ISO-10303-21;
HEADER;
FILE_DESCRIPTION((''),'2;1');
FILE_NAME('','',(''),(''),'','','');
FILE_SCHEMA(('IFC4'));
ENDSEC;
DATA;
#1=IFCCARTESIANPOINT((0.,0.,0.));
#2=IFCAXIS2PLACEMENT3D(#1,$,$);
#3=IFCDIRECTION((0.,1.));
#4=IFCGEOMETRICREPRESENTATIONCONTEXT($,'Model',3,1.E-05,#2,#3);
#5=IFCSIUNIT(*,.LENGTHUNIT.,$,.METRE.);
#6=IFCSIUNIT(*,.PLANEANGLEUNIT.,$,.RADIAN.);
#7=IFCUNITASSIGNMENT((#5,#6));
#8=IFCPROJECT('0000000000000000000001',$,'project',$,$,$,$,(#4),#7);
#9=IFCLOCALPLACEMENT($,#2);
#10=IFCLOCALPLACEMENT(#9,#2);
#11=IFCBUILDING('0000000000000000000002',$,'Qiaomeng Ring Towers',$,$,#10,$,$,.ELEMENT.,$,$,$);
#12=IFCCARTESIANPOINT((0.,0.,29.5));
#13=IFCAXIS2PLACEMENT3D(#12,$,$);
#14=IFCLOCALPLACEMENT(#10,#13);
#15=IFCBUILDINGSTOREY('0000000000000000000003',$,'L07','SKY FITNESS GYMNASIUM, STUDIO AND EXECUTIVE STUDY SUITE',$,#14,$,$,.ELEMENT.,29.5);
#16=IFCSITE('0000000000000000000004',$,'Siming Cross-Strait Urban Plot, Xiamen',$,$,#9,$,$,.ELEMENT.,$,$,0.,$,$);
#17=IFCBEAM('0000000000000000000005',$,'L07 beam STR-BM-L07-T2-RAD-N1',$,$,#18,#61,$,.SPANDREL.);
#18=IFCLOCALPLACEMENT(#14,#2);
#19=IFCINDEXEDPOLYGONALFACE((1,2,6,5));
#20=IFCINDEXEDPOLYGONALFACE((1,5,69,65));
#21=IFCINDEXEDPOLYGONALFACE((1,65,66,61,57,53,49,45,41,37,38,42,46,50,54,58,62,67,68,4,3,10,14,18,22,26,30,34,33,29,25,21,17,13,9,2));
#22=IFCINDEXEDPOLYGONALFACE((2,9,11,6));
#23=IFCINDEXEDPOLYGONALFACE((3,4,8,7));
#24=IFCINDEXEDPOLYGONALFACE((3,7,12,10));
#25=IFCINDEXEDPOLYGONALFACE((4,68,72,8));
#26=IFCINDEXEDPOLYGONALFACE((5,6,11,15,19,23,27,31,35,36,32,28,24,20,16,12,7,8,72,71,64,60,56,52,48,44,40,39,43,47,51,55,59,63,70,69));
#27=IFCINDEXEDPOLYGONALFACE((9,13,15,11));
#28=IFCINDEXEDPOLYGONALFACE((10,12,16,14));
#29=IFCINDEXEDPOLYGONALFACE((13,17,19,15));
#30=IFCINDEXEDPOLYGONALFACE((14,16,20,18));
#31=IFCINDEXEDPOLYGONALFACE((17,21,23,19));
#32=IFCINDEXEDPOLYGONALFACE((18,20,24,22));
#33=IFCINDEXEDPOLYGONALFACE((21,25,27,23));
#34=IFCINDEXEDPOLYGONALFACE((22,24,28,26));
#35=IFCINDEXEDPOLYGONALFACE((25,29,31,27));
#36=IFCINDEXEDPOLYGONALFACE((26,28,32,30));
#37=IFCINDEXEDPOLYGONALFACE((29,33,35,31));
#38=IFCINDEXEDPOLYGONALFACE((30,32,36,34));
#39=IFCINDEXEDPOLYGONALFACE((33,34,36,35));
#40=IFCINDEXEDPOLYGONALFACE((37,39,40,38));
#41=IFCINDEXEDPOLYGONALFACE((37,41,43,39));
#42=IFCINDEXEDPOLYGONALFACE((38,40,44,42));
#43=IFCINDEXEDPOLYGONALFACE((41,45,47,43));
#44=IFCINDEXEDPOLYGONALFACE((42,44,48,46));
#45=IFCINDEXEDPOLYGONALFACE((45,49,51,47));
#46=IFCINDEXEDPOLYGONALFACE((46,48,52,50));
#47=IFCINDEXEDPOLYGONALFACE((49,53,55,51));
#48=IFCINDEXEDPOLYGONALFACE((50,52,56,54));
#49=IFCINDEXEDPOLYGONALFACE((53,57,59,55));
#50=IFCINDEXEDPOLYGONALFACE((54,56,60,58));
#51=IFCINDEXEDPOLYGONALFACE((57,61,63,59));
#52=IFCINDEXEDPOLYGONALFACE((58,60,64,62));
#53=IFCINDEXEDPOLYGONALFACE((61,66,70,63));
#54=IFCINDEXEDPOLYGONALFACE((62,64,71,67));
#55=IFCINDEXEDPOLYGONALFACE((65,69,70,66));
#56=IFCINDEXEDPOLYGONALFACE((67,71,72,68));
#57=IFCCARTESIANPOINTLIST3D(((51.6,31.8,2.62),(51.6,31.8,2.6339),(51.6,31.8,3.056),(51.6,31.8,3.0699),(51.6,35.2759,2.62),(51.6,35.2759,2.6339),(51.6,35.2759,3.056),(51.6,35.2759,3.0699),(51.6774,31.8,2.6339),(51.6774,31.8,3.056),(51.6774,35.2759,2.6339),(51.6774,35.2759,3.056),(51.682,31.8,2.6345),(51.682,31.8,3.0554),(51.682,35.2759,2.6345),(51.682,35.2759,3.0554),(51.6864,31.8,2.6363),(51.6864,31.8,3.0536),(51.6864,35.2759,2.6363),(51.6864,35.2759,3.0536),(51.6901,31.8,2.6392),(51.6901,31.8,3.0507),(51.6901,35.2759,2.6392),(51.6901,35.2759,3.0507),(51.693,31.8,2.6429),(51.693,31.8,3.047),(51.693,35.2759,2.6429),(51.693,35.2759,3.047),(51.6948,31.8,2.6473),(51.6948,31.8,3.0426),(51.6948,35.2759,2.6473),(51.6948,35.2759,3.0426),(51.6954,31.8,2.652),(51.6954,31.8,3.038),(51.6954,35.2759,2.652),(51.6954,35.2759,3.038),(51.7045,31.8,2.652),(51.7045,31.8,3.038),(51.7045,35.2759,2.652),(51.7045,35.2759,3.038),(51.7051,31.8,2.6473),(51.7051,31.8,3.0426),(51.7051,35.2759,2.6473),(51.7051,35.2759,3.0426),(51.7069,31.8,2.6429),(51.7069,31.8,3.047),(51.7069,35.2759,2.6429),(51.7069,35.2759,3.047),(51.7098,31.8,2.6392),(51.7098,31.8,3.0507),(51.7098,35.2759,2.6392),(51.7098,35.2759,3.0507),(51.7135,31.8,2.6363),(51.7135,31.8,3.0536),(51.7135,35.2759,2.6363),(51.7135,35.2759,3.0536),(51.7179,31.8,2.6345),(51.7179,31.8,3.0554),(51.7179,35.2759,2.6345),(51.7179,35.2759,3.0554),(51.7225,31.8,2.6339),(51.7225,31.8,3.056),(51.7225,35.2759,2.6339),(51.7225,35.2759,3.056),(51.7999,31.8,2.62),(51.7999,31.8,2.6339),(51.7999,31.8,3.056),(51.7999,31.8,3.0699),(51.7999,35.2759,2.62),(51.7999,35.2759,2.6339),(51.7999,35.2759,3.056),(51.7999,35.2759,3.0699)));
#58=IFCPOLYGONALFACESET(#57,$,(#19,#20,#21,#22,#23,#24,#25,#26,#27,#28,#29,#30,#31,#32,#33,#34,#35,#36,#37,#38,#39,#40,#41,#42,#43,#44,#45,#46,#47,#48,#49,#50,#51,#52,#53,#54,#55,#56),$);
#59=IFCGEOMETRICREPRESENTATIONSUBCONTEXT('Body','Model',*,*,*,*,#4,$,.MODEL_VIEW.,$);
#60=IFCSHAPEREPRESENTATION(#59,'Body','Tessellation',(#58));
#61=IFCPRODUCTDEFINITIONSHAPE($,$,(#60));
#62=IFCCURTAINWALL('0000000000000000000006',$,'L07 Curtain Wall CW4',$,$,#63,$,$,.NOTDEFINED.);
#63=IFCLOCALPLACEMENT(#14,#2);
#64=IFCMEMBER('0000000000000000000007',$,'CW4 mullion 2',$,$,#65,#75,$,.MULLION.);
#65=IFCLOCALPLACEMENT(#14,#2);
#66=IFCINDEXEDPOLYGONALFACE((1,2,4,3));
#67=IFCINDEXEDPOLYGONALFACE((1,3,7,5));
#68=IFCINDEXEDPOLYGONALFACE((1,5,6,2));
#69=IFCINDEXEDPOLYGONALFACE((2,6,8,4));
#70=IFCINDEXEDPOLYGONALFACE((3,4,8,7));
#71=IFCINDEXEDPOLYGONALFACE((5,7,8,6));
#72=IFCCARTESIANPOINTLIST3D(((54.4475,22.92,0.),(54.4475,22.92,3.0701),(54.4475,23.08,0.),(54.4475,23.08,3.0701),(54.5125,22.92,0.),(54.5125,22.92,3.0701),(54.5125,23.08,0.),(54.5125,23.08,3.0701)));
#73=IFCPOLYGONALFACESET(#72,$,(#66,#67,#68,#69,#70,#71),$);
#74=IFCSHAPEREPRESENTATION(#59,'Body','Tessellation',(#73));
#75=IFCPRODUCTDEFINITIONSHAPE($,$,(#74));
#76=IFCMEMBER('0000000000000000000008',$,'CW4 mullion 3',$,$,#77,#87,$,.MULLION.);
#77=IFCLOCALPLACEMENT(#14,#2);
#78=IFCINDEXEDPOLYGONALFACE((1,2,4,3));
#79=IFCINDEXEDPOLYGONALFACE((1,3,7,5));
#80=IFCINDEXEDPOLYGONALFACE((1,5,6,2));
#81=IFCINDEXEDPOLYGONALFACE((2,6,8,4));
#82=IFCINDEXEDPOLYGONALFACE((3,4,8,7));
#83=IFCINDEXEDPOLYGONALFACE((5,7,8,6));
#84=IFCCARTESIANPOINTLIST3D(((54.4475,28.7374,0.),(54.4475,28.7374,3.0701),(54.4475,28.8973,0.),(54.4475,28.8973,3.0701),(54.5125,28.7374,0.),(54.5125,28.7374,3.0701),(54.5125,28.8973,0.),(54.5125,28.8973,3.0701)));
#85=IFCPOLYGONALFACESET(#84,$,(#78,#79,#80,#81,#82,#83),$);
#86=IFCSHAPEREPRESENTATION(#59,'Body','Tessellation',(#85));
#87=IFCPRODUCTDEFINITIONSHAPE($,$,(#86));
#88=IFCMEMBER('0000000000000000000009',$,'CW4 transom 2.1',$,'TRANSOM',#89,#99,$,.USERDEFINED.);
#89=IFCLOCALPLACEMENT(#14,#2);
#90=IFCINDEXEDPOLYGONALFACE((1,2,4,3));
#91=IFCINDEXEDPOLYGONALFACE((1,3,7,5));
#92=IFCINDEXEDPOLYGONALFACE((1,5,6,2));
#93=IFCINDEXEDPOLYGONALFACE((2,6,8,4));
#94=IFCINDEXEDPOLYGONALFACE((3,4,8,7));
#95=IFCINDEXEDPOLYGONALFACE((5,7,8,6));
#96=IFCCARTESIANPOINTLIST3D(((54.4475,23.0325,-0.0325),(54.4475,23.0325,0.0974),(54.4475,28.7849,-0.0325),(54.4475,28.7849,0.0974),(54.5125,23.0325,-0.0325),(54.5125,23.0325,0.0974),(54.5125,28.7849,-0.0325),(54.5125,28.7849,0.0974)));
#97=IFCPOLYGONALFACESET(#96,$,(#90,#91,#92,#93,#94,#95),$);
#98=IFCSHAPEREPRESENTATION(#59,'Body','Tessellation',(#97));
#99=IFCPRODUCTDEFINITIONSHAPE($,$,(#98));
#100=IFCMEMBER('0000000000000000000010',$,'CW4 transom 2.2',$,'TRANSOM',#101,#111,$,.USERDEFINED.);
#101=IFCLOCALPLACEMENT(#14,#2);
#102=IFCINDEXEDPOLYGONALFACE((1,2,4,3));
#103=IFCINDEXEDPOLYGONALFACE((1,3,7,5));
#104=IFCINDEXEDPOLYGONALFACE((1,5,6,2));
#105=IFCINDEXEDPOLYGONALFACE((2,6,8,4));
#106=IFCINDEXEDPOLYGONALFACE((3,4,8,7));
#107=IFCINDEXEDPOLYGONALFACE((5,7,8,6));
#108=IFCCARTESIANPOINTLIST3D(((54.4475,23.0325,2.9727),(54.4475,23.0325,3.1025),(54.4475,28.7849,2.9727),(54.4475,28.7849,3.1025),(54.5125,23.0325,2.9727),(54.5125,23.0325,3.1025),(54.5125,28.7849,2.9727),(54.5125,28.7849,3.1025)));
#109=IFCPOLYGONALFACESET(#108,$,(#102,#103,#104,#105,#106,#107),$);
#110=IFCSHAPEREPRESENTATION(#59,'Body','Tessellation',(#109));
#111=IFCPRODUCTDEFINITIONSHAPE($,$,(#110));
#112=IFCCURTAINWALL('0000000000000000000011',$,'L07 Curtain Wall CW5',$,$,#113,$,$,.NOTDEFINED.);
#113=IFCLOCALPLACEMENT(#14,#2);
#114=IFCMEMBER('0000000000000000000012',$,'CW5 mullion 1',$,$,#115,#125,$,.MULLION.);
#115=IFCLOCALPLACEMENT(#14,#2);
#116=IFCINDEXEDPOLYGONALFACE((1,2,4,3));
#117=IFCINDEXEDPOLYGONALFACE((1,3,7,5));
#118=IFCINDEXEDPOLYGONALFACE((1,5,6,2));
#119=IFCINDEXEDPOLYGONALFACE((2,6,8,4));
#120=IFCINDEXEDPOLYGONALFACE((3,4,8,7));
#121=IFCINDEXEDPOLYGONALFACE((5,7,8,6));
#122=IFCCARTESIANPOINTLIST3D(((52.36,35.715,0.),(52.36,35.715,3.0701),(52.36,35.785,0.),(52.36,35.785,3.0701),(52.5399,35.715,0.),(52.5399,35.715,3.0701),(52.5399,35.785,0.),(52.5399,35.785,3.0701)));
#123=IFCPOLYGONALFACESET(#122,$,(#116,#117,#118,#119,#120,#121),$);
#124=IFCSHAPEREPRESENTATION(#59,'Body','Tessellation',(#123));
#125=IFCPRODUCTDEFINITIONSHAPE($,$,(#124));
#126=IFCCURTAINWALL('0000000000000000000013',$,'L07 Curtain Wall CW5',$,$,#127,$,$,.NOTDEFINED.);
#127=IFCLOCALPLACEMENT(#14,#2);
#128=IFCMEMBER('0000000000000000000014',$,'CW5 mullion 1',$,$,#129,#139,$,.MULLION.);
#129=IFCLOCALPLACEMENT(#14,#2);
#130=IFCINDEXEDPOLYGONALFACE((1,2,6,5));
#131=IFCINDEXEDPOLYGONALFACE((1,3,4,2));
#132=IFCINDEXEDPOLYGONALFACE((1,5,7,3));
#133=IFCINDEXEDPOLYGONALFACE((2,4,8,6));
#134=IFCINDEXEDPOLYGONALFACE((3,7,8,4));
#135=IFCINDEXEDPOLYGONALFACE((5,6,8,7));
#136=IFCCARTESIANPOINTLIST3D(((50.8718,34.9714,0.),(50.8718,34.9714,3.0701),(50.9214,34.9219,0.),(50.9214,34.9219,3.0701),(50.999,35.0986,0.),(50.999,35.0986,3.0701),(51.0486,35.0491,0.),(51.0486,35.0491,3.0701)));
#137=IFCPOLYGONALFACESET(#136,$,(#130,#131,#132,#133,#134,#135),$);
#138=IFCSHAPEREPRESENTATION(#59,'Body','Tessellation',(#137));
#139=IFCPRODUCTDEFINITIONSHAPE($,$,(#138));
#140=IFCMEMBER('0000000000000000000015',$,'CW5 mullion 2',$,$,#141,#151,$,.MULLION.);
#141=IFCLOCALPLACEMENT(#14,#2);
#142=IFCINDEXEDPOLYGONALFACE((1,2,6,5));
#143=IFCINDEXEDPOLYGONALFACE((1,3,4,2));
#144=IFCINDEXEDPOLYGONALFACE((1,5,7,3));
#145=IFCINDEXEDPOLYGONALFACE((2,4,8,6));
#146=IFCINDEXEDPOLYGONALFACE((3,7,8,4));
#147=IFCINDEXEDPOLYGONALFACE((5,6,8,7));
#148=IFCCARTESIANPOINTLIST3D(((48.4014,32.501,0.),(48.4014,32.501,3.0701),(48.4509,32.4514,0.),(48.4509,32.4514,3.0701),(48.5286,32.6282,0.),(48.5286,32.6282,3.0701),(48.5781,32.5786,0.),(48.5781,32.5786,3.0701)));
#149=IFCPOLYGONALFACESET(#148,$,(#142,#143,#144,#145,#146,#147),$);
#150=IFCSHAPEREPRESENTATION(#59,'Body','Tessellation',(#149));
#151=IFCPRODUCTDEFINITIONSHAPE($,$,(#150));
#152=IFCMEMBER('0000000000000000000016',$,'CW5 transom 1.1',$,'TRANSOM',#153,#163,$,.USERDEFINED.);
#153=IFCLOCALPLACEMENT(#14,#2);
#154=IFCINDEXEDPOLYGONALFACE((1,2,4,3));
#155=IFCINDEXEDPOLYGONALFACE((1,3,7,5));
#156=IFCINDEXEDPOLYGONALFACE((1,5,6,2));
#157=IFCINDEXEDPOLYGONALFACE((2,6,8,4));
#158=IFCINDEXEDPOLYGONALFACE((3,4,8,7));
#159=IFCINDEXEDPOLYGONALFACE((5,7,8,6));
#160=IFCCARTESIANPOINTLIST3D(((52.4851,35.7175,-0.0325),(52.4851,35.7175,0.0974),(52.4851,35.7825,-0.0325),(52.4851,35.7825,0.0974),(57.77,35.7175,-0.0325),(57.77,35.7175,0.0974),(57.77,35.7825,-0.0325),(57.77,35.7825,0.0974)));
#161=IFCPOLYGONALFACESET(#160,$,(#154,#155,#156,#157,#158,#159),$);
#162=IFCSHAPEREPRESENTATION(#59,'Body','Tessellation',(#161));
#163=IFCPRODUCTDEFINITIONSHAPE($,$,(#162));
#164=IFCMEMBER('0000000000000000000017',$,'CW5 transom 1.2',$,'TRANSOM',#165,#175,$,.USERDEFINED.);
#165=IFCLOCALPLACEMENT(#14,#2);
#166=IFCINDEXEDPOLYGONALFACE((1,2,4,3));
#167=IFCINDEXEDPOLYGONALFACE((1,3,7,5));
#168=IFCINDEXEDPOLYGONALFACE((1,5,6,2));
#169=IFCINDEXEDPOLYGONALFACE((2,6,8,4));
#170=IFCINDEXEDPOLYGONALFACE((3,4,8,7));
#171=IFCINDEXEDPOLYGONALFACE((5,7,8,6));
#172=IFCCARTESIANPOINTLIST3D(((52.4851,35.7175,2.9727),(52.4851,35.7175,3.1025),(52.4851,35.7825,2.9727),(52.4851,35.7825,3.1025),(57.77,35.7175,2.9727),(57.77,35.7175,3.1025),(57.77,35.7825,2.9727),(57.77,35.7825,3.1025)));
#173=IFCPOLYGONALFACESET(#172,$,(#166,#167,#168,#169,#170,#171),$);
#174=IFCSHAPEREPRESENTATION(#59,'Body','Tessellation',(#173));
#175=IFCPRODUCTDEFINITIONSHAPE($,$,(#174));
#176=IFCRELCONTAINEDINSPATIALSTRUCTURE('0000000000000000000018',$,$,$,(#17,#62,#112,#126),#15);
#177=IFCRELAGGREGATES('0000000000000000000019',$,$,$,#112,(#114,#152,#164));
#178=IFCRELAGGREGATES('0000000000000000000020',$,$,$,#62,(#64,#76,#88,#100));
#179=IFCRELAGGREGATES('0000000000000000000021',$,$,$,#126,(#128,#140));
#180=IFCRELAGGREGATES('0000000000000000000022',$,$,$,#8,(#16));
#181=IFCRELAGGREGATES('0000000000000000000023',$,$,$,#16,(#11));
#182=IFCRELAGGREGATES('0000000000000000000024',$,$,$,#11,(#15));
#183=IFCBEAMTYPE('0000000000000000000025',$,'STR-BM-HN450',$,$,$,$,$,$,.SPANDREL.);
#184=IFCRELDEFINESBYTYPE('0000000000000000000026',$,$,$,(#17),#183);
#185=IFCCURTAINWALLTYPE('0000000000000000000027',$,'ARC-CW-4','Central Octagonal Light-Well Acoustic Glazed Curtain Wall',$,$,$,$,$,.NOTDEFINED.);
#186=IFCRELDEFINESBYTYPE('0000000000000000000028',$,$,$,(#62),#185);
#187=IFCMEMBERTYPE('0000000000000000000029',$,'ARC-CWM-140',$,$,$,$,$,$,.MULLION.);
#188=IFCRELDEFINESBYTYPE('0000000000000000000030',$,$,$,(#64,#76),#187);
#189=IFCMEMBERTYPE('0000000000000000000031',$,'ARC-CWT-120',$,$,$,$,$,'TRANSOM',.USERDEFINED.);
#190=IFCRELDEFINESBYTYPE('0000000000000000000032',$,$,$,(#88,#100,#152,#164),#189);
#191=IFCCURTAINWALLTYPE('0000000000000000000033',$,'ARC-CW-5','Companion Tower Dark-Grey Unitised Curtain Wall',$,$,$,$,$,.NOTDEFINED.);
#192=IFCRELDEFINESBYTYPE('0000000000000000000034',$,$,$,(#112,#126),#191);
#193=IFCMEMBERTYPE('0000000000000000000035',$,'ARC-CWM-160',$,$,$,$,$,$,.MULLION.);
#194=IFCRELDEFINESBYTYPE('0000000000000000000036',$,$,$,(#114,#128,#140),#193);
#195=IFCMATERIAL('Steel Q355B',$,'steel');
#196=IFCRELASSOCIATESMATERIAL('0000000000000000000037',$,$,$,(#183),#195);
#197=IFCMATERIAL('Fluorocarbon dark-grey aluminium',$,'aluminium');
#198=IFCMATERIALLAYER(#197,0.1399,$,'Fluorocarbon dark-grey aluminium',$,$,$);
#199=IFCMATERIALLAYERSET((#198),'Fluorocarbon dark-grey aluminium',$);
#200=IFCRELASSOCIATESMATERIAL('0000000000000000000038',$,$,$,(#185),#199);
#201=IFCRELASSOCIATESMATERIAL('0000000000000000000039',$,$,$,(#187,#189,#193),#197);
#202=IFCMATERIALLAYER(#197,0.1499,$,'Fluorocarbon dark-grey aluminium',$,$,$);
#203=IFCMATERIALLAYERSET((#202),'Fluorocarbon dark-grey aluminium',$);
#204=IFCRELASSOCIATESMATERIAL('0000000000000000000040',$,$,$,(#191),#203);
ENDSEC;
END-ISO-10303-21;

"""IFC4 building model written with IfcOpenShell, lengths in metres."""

from ifc_helpers import new_model, si_unit, direction, frame, origin, origin_2d, place, context, subcontext, project, spatial, rectangle, i_section, extrude, source, transform, mapped, material, layer, layer_set, material_profile, profile_set, type_object, element, aggregate, save


model = new_model("IFC4")

# Units and contexts
model_context = context("Model", 3, precision=1e-05, world=origin(), true_north=direction((0.0, 1.0)))
body_context = subcontext(model_context, "Body", "Model", "MODEL_VIEW")
ifc_project = project(units=[si_unit("LENGTHUNIT", "METRE"), si_unit("PLANEANGLEUNIT", "RADIAN")], contexts=[model_context])

# Site, building, storey
site_placement = place(None, origin())
site = spatial("IfcSite", under=ifc_project, at=site_placement, Name="Siming Cross-Strait Urban Plot, Xiamen", CompositionType="ELEMENT", RefElevation=0.0)
building_placement = place(site_placement, origin())
building = spatial("IfcBuilding", under=site, at=building_placement, Name="Qiaomeng Ring Towers", CompositionType="ELEMENT")
storey_placement = place(building_placement, frame((0.0, 0.0, 29.5)))
storey = spatial("IfcBuildingStorey", under=building, at=storey_placement, Name="L07", Description="SKY FITNESS GYMNASIUM, STUDIO AND EXECUTIVE STUDY SUITE", CompositionType="ELEMENT", Elevation=29.5)

# Beam
ifc_material_1 = material(Name="Steel Q355B", Category="steel")
ifc_material_profile_1 = material_profile(ifc_material_1, i_section(OverallWidth=0.2, OverallDepth=0.45, WebThickness=0.009, FlangeThickness=0.0139, FilletRadius=0.0181, at=origin_2d()), Name="HN 450x200x9x14")
ifc_profile_set_1 = profile_set([ifc_material_profile_1], Name="Steel Q355B")
beam_type_1 = type_object("IfcBeamType", Name="STR-BM-HN450", PredefinedType="SPANDREL", material=ifc_profile_set_1)
shared_shape_1 = source(origin(), body_context, "Body", "SweptSolid", [
    extrude(i_section(OverallWidth=0.2, OverallDepth=0.45, WebThickness=0.009, FlangeThickness=0.0139, FilletRadius=0.0181, at=origin_2d()), origin(), (0.0, 0.0, 1.0), 3.4758),
])
beam_1_placement = place(storey_placement, frame((51.7, 35.2759, 2.845), z_axis=(0.0, -1.0, 0.0), x_axis=(1.0, 0.0, 0.0)))
element("IfcBeam", 1, at=beam_1_placement, inside=storey, type_object=beam_type_1, Name="L07 beam STR-BM-L07-T2-RAD-N1", PredefinedType="SPANDREL", context=body_context, shape_type="MappedRepresentation", body=[
    mapped(shared_shape_1, transform((0.0, 0.0, 0.0), x_axis=(1.0, 0.0, 0.0), y_axis=(0.0, 1.0, 0.0), z_axis=(0.0, 0.0, 1.0), scale=1.0)),
])

# Curtain wall, members
ifc_material_2 = material(Name="Fluorocarbon dark-grey aluminium", Category="aluminium")
ifc_layer_1 = layer(ifc_material_2, 0.1399, Name="Fluorocarbon dark-grey aluminium")
ifc_layer_set_1 = layer_set([ifc_layer_1], Name="Fluorocarbon dark-grey aluminium")
curtain_wall_type_1 = type_object("IfcCurtainWallType", Name="ARC-CW-4", Description="Central Octagonal Light-Well Acoustic Glazed Curtain Wall", PredefinedType="NOTDEFINED", material=ifc_layer_set_1)
curtain_wall_1_placement = place(storey_placement, origin())
curtain_wall_1 = element("IfcCurtainWall", 2, at=curtain_wall_1_placement, inside=storey, type_object=curtain_wall_type_1, Name="L07 Curtain Wall CW4", PredefinedType="NOTDEFINED")
ifc_material_profile_2 = material_profile(ifc_material_2, rectangle(XDim=0.0649, YDim=0.1599, at=origin_2d()), Name="ALU MULL 65x160")
ifc_profile_set_2 = profile_set([ifc_material_profile_2], Name="Fluorocarbon dark-grey aluminium")
member_type_1 = type_object("IfcMemberType", Name="ARC-CWM-140", PredefinedType="MULLION", material=ifc_profile_set_2)
shared_shape_2 = source(origin(), body_context, "Body", "SweptSolid", [
    extrude(rectangle(XDim=0.0649, YDim=0.1599, at=origin_2d()), origin(), (0.0, 0.0, 1.0), 3.0701),
])
member_1_placement = place(storey_placement, frame((54.48, 23.0, 0.0), z_axis=(0.0, 0.0, 1.0), x_axis=(-1.0, 0.0, 0.0)))
member_1 = element("IfcMember", 3, at=member_1_placement, type_object=member_type_1, Name="CW4 mullion 2", PredefinedType="MULLION", context=body_context, shape_type="MappedRepresentation", body=[
    mapped(shared_shape_2, transform((0.0, 0.0, 0.0), x_axis=(1.0, 0.0, 0.0), y_axis=(0.0, 1.0, 0.0), z_axis=(0.0, 0.0, 1.0), scale=1.0)),
])
member_2_placement = place(storey_placement, frame((54.48, 28.8174, 0.0), z_axis=(0.0, 0.0, 1.0), x_axis=(-1.0, 0.0, 0.0)))
member_2 = element("IfcMember", 4, at=member_2_placement, type_object=member_type_1, Name="CW4 mullion 3", PredefinedType="MULLION", context=body_context, shape_type="MappedRepresentation", body=[
    mapped(shared_shape_2, transform((0.0, 0.0, 0.0), x_axis=(1.0, 0.0, 0.0), y_axis=(0.0, 1.0, 0.0), z_axis=(0.0, 0.0, 1.0), scale=1.0)),
])
ifc_material_profile_3 = material_profile(ifc_material_2, rectangle(XDim=0.0649, YDim=0.1299, at=origin_2d()), Name="ALU TRAN 65x130")
ifc_profile_set_3 = profile_set([ifc_material_profile_3], Name="Fluorocarbon dark-grey aluminium")
member_type_2 = type_object("IfcMemberType", Name="ARC-CWT-120", ElementType="TRANSOM", PredefinedType="USERDEFINED", material=ifc_profile_set_3)
shared_shape_3 = source(origin(), body_context, "Body", "SweptSolid", [
    extrude(rectangle(XDim=0.0649, YDim=0.1299, at=origin_2d()), origin(), (0.0, 0.0, 1.0), 5.7524),
])
member_3_placement = place(storey_placement, frame((54.48, 23.0325, 0.0325), z_axis=(0.0, 1.0, 0.0), x_axis=(-1.0, 0.0, 0.0)))
member_3 = element("IfcMember", 5, at=member_3_placement, type_object=member_type_2, Name="CW4 transom 2.1", ObjectType="TRANSOM", PredefinedType="USERDEFINED", context=body_context, shape_type="MappedRepresentation", body=[
    mapped(shared_shape_3, transform((0.0, 0.0, 0.0), x_axis=(1.0, 0.0, 0.0), y_axis=(0.0, 1.0, 0.0), z_axis=(0.0, 0.0, 1.0), scale=1.0)),
])
member_4_placement = place(storey_placement, frame((54.48, 23.0325, 3.0376), z_axis=(0.0, 1.0, 0.0), x_axis=(-1.0, 0.0, 0.0)))
member_4 = element("IfcMember", 6, at=member_4_placement, type_object=member_type_2, Name="CW4 transom 2.2", ObjectType="TRANSOM", PredefinedType="USERDEFINED", context=body_context, shape_type="MappedRepresentation", body=[
    mapped(shared_shape_3, transform((0.0, 0.0, 0.0), x_axis=(1.0, 0.0, 0.0), y_axis=(0.0, 1.0, 0.0), z_axis=(0.0, 0.0, 1.0), scale=1.0)),
])

# Curtain wall, member
ifc_layer_2 = layer(ifc_material_2, 0.1499, Name="Fluorocarbon dark-grey aluminium")
ifc_layer_set_2 = layer_set([ifc_layer_2], Name="Fluorocarbon dark-grey aluminium")
curtain_wall_type_2 = type_object("IfcCurtainWallType", Name="ARC-CW-5", Description="Companion Tower Dark-Grey Unitised Curtain Wall", PredefinedType="NOTDEFINED", material=ifc_layer_set_2)
curtain_wall_2_placement = place(storey_placement, origin())
curtain_wall_2 = element("IfcCurtainWall", 7, at=curtain_wall_2_placement, inside=storey, type_object=curtain_wall_type_2, Name="L07 Curtain Wall CW5", PredefinedType="NOTDEFINED")
ifc_material_profile_4 = material_profile(ifc_material_2, rectangle(XDim=0.0701, YDim=0.1799, at=origin_2d()), Name="ALU MULL 70x180")
ifc_profile_set_4 = profile_set([ifc_material_profile_4], Name="Fluorocarbon dark-grey aluminium")
member_type_3 = type_object("IfcMemberType", Name="ARC-CWM-160", PredefinedType="MULLION", material=ifc_profile_set_4)
shared_shape_4 = source(origin(), body_context, "Body", "SweptSolid", [
    extrude(rectangle(XDim=0.0701, YDim=0.1799, at=origin_2d()), origin(), (0.0, 0.0, 1.0), 3.0701),
])
member_5_placement = place(storey_placement, frame((52.45, 35.75, 0.0), z_axis=(0.0, 0.0, 1.0), x_axis=(0.0, 1.0, 0.0)))
member_5 = element("IfcMember", 8, at=member_5_placement, type_object=member_type_3, Name="CW5 mullion 1", PredefinedType="MULLION", context=body_context, shape_type="MappedRepresentation", body=[
    mapped(shared_shape_4, transform((0.0, 0.0, 0.0), x_axis=(1.0, 0.0, 0.0), y_axis=(0.0, 1.0, 0.0), z_axis=(0.0, 0.0, 1.0), scale=1.0)),
])

# Curtain wall, members
curtain_wall_3_placement = place(storey_placement, origin())
curtain_wall_3 = element("IfcCurtainWall", 9, at=curtain_wall_3_placement, inside=storey, type_object=curtain_wall_type_2, Name="L07 Curtain Wall CW5", PredefinedType="NOTDEFINED")
member_6_placement = place(storey_placement, frame((50.9602, 35.0103, 0.0), z_axis=(0.0, 0.0, 1.0), x_axis=(0.707107, -0.707107, 0.0)))
member_6 = element("IfcMember", 10, at=member_6_placement, type_object=member_type_3, Name="CW5 mullion 1", PredefinedType="MULLION", context=body_context, shape_type="MappedRepresentation", body=[
    mapped(shared_shape_4, transform((0.0, 0.0, 0.0), x_axis=(1.0, 0.0, 0.0), y_axis=(0.0, 1.0, 0.0), z_axis=(0.0, 0.0, 1.0), scale=1.0)),
])
member_7_placement = place(storey_placement, frame((48.4897, 32.5398, 0.0), z_axis=(0.0, 0.0, 1.0), x_axis=(0.707107, -0.707107, 0.0)))
member_7 = element("IfcMember", 11, at=member_7_placement, type_object=member_type_3, Name="CW5 mullion 2", PredefinedType="MULLION", context=body_context, shape_type="MappedRepresentation", body=[
    mapped(shared_shape_4, transform((0.0, 0.0, 0.0), x_axis=(1.0, 0.0, 0.0), y_axis=(0.0, 1.0, 0.0), z_axis=(0.0, 0.0, 1.0), scale=1.0)),
])

# Members
shared_shape_5 = source(origin(), body_context, "Body", "SweptSolid", [
    extrude(rectangle(XDim=0.0649, YDim=0.1299, at=origin_2d()), origin(), (0.0, 0.0, 1.0), 5.2849),
])
member_8_placement = place(storey_placement, frame((52.4851, 35.75, 0.0325), z_axis=(1.0, 0.0, 0.0), x_axis=(0.0, 1.0, 0.0)))
member_8 = element("IfcMember", 12, at=member_8_placement, type_object=member_type_2, Name="CW5 transom 1.1", ObjectType="TRANSOM", PredefinedType="USERDEFINED", context=body_context, shape_type="MappedRepresentation", body=[
    mapped(shared_shape_5, transform((0.0, 0.0, 0.0), x_axis=(1.0, 0.0, 0.0), y_axis=(0.0, 1.0, 0.0), z_axis=(0.0, 0.0, 1.0), scale=1.0)),
])
member_9_placement = place(storey_placement, frame((52.4851, 35.75, 3.0376), z_axis=(1.0, 0.0, 0.0), x_axis=(0.0, 1.0, 0.0)))
member_9 = element("IfcMember", 13, at=member_9_placement, type_object=member_type_2, Name="CW5 transom 1.2", ObjectType="TRANSOM", PredefinedType="USERDEFINED", context=body_context, shape_type="MappedRepresentation", body=[
    mapped(shared_shape_5, transform((0.0, 0.0, 0.0), x_axis=(1.0, 0.0, 0.0), y_axis=(0.0, 1.0, 0.0), z_axis=(0.0, 0.0, 1.0), scale=1.0)),
])
aggregate(curtain_wall_2, [member_5, member_8, member_9])

aggregate(curtain_wall_1, [member_1, member_2, member_3, member_4])
aggregate(curtain_wall_3, [member_6, member_7])

save(model, "model.ifc")
